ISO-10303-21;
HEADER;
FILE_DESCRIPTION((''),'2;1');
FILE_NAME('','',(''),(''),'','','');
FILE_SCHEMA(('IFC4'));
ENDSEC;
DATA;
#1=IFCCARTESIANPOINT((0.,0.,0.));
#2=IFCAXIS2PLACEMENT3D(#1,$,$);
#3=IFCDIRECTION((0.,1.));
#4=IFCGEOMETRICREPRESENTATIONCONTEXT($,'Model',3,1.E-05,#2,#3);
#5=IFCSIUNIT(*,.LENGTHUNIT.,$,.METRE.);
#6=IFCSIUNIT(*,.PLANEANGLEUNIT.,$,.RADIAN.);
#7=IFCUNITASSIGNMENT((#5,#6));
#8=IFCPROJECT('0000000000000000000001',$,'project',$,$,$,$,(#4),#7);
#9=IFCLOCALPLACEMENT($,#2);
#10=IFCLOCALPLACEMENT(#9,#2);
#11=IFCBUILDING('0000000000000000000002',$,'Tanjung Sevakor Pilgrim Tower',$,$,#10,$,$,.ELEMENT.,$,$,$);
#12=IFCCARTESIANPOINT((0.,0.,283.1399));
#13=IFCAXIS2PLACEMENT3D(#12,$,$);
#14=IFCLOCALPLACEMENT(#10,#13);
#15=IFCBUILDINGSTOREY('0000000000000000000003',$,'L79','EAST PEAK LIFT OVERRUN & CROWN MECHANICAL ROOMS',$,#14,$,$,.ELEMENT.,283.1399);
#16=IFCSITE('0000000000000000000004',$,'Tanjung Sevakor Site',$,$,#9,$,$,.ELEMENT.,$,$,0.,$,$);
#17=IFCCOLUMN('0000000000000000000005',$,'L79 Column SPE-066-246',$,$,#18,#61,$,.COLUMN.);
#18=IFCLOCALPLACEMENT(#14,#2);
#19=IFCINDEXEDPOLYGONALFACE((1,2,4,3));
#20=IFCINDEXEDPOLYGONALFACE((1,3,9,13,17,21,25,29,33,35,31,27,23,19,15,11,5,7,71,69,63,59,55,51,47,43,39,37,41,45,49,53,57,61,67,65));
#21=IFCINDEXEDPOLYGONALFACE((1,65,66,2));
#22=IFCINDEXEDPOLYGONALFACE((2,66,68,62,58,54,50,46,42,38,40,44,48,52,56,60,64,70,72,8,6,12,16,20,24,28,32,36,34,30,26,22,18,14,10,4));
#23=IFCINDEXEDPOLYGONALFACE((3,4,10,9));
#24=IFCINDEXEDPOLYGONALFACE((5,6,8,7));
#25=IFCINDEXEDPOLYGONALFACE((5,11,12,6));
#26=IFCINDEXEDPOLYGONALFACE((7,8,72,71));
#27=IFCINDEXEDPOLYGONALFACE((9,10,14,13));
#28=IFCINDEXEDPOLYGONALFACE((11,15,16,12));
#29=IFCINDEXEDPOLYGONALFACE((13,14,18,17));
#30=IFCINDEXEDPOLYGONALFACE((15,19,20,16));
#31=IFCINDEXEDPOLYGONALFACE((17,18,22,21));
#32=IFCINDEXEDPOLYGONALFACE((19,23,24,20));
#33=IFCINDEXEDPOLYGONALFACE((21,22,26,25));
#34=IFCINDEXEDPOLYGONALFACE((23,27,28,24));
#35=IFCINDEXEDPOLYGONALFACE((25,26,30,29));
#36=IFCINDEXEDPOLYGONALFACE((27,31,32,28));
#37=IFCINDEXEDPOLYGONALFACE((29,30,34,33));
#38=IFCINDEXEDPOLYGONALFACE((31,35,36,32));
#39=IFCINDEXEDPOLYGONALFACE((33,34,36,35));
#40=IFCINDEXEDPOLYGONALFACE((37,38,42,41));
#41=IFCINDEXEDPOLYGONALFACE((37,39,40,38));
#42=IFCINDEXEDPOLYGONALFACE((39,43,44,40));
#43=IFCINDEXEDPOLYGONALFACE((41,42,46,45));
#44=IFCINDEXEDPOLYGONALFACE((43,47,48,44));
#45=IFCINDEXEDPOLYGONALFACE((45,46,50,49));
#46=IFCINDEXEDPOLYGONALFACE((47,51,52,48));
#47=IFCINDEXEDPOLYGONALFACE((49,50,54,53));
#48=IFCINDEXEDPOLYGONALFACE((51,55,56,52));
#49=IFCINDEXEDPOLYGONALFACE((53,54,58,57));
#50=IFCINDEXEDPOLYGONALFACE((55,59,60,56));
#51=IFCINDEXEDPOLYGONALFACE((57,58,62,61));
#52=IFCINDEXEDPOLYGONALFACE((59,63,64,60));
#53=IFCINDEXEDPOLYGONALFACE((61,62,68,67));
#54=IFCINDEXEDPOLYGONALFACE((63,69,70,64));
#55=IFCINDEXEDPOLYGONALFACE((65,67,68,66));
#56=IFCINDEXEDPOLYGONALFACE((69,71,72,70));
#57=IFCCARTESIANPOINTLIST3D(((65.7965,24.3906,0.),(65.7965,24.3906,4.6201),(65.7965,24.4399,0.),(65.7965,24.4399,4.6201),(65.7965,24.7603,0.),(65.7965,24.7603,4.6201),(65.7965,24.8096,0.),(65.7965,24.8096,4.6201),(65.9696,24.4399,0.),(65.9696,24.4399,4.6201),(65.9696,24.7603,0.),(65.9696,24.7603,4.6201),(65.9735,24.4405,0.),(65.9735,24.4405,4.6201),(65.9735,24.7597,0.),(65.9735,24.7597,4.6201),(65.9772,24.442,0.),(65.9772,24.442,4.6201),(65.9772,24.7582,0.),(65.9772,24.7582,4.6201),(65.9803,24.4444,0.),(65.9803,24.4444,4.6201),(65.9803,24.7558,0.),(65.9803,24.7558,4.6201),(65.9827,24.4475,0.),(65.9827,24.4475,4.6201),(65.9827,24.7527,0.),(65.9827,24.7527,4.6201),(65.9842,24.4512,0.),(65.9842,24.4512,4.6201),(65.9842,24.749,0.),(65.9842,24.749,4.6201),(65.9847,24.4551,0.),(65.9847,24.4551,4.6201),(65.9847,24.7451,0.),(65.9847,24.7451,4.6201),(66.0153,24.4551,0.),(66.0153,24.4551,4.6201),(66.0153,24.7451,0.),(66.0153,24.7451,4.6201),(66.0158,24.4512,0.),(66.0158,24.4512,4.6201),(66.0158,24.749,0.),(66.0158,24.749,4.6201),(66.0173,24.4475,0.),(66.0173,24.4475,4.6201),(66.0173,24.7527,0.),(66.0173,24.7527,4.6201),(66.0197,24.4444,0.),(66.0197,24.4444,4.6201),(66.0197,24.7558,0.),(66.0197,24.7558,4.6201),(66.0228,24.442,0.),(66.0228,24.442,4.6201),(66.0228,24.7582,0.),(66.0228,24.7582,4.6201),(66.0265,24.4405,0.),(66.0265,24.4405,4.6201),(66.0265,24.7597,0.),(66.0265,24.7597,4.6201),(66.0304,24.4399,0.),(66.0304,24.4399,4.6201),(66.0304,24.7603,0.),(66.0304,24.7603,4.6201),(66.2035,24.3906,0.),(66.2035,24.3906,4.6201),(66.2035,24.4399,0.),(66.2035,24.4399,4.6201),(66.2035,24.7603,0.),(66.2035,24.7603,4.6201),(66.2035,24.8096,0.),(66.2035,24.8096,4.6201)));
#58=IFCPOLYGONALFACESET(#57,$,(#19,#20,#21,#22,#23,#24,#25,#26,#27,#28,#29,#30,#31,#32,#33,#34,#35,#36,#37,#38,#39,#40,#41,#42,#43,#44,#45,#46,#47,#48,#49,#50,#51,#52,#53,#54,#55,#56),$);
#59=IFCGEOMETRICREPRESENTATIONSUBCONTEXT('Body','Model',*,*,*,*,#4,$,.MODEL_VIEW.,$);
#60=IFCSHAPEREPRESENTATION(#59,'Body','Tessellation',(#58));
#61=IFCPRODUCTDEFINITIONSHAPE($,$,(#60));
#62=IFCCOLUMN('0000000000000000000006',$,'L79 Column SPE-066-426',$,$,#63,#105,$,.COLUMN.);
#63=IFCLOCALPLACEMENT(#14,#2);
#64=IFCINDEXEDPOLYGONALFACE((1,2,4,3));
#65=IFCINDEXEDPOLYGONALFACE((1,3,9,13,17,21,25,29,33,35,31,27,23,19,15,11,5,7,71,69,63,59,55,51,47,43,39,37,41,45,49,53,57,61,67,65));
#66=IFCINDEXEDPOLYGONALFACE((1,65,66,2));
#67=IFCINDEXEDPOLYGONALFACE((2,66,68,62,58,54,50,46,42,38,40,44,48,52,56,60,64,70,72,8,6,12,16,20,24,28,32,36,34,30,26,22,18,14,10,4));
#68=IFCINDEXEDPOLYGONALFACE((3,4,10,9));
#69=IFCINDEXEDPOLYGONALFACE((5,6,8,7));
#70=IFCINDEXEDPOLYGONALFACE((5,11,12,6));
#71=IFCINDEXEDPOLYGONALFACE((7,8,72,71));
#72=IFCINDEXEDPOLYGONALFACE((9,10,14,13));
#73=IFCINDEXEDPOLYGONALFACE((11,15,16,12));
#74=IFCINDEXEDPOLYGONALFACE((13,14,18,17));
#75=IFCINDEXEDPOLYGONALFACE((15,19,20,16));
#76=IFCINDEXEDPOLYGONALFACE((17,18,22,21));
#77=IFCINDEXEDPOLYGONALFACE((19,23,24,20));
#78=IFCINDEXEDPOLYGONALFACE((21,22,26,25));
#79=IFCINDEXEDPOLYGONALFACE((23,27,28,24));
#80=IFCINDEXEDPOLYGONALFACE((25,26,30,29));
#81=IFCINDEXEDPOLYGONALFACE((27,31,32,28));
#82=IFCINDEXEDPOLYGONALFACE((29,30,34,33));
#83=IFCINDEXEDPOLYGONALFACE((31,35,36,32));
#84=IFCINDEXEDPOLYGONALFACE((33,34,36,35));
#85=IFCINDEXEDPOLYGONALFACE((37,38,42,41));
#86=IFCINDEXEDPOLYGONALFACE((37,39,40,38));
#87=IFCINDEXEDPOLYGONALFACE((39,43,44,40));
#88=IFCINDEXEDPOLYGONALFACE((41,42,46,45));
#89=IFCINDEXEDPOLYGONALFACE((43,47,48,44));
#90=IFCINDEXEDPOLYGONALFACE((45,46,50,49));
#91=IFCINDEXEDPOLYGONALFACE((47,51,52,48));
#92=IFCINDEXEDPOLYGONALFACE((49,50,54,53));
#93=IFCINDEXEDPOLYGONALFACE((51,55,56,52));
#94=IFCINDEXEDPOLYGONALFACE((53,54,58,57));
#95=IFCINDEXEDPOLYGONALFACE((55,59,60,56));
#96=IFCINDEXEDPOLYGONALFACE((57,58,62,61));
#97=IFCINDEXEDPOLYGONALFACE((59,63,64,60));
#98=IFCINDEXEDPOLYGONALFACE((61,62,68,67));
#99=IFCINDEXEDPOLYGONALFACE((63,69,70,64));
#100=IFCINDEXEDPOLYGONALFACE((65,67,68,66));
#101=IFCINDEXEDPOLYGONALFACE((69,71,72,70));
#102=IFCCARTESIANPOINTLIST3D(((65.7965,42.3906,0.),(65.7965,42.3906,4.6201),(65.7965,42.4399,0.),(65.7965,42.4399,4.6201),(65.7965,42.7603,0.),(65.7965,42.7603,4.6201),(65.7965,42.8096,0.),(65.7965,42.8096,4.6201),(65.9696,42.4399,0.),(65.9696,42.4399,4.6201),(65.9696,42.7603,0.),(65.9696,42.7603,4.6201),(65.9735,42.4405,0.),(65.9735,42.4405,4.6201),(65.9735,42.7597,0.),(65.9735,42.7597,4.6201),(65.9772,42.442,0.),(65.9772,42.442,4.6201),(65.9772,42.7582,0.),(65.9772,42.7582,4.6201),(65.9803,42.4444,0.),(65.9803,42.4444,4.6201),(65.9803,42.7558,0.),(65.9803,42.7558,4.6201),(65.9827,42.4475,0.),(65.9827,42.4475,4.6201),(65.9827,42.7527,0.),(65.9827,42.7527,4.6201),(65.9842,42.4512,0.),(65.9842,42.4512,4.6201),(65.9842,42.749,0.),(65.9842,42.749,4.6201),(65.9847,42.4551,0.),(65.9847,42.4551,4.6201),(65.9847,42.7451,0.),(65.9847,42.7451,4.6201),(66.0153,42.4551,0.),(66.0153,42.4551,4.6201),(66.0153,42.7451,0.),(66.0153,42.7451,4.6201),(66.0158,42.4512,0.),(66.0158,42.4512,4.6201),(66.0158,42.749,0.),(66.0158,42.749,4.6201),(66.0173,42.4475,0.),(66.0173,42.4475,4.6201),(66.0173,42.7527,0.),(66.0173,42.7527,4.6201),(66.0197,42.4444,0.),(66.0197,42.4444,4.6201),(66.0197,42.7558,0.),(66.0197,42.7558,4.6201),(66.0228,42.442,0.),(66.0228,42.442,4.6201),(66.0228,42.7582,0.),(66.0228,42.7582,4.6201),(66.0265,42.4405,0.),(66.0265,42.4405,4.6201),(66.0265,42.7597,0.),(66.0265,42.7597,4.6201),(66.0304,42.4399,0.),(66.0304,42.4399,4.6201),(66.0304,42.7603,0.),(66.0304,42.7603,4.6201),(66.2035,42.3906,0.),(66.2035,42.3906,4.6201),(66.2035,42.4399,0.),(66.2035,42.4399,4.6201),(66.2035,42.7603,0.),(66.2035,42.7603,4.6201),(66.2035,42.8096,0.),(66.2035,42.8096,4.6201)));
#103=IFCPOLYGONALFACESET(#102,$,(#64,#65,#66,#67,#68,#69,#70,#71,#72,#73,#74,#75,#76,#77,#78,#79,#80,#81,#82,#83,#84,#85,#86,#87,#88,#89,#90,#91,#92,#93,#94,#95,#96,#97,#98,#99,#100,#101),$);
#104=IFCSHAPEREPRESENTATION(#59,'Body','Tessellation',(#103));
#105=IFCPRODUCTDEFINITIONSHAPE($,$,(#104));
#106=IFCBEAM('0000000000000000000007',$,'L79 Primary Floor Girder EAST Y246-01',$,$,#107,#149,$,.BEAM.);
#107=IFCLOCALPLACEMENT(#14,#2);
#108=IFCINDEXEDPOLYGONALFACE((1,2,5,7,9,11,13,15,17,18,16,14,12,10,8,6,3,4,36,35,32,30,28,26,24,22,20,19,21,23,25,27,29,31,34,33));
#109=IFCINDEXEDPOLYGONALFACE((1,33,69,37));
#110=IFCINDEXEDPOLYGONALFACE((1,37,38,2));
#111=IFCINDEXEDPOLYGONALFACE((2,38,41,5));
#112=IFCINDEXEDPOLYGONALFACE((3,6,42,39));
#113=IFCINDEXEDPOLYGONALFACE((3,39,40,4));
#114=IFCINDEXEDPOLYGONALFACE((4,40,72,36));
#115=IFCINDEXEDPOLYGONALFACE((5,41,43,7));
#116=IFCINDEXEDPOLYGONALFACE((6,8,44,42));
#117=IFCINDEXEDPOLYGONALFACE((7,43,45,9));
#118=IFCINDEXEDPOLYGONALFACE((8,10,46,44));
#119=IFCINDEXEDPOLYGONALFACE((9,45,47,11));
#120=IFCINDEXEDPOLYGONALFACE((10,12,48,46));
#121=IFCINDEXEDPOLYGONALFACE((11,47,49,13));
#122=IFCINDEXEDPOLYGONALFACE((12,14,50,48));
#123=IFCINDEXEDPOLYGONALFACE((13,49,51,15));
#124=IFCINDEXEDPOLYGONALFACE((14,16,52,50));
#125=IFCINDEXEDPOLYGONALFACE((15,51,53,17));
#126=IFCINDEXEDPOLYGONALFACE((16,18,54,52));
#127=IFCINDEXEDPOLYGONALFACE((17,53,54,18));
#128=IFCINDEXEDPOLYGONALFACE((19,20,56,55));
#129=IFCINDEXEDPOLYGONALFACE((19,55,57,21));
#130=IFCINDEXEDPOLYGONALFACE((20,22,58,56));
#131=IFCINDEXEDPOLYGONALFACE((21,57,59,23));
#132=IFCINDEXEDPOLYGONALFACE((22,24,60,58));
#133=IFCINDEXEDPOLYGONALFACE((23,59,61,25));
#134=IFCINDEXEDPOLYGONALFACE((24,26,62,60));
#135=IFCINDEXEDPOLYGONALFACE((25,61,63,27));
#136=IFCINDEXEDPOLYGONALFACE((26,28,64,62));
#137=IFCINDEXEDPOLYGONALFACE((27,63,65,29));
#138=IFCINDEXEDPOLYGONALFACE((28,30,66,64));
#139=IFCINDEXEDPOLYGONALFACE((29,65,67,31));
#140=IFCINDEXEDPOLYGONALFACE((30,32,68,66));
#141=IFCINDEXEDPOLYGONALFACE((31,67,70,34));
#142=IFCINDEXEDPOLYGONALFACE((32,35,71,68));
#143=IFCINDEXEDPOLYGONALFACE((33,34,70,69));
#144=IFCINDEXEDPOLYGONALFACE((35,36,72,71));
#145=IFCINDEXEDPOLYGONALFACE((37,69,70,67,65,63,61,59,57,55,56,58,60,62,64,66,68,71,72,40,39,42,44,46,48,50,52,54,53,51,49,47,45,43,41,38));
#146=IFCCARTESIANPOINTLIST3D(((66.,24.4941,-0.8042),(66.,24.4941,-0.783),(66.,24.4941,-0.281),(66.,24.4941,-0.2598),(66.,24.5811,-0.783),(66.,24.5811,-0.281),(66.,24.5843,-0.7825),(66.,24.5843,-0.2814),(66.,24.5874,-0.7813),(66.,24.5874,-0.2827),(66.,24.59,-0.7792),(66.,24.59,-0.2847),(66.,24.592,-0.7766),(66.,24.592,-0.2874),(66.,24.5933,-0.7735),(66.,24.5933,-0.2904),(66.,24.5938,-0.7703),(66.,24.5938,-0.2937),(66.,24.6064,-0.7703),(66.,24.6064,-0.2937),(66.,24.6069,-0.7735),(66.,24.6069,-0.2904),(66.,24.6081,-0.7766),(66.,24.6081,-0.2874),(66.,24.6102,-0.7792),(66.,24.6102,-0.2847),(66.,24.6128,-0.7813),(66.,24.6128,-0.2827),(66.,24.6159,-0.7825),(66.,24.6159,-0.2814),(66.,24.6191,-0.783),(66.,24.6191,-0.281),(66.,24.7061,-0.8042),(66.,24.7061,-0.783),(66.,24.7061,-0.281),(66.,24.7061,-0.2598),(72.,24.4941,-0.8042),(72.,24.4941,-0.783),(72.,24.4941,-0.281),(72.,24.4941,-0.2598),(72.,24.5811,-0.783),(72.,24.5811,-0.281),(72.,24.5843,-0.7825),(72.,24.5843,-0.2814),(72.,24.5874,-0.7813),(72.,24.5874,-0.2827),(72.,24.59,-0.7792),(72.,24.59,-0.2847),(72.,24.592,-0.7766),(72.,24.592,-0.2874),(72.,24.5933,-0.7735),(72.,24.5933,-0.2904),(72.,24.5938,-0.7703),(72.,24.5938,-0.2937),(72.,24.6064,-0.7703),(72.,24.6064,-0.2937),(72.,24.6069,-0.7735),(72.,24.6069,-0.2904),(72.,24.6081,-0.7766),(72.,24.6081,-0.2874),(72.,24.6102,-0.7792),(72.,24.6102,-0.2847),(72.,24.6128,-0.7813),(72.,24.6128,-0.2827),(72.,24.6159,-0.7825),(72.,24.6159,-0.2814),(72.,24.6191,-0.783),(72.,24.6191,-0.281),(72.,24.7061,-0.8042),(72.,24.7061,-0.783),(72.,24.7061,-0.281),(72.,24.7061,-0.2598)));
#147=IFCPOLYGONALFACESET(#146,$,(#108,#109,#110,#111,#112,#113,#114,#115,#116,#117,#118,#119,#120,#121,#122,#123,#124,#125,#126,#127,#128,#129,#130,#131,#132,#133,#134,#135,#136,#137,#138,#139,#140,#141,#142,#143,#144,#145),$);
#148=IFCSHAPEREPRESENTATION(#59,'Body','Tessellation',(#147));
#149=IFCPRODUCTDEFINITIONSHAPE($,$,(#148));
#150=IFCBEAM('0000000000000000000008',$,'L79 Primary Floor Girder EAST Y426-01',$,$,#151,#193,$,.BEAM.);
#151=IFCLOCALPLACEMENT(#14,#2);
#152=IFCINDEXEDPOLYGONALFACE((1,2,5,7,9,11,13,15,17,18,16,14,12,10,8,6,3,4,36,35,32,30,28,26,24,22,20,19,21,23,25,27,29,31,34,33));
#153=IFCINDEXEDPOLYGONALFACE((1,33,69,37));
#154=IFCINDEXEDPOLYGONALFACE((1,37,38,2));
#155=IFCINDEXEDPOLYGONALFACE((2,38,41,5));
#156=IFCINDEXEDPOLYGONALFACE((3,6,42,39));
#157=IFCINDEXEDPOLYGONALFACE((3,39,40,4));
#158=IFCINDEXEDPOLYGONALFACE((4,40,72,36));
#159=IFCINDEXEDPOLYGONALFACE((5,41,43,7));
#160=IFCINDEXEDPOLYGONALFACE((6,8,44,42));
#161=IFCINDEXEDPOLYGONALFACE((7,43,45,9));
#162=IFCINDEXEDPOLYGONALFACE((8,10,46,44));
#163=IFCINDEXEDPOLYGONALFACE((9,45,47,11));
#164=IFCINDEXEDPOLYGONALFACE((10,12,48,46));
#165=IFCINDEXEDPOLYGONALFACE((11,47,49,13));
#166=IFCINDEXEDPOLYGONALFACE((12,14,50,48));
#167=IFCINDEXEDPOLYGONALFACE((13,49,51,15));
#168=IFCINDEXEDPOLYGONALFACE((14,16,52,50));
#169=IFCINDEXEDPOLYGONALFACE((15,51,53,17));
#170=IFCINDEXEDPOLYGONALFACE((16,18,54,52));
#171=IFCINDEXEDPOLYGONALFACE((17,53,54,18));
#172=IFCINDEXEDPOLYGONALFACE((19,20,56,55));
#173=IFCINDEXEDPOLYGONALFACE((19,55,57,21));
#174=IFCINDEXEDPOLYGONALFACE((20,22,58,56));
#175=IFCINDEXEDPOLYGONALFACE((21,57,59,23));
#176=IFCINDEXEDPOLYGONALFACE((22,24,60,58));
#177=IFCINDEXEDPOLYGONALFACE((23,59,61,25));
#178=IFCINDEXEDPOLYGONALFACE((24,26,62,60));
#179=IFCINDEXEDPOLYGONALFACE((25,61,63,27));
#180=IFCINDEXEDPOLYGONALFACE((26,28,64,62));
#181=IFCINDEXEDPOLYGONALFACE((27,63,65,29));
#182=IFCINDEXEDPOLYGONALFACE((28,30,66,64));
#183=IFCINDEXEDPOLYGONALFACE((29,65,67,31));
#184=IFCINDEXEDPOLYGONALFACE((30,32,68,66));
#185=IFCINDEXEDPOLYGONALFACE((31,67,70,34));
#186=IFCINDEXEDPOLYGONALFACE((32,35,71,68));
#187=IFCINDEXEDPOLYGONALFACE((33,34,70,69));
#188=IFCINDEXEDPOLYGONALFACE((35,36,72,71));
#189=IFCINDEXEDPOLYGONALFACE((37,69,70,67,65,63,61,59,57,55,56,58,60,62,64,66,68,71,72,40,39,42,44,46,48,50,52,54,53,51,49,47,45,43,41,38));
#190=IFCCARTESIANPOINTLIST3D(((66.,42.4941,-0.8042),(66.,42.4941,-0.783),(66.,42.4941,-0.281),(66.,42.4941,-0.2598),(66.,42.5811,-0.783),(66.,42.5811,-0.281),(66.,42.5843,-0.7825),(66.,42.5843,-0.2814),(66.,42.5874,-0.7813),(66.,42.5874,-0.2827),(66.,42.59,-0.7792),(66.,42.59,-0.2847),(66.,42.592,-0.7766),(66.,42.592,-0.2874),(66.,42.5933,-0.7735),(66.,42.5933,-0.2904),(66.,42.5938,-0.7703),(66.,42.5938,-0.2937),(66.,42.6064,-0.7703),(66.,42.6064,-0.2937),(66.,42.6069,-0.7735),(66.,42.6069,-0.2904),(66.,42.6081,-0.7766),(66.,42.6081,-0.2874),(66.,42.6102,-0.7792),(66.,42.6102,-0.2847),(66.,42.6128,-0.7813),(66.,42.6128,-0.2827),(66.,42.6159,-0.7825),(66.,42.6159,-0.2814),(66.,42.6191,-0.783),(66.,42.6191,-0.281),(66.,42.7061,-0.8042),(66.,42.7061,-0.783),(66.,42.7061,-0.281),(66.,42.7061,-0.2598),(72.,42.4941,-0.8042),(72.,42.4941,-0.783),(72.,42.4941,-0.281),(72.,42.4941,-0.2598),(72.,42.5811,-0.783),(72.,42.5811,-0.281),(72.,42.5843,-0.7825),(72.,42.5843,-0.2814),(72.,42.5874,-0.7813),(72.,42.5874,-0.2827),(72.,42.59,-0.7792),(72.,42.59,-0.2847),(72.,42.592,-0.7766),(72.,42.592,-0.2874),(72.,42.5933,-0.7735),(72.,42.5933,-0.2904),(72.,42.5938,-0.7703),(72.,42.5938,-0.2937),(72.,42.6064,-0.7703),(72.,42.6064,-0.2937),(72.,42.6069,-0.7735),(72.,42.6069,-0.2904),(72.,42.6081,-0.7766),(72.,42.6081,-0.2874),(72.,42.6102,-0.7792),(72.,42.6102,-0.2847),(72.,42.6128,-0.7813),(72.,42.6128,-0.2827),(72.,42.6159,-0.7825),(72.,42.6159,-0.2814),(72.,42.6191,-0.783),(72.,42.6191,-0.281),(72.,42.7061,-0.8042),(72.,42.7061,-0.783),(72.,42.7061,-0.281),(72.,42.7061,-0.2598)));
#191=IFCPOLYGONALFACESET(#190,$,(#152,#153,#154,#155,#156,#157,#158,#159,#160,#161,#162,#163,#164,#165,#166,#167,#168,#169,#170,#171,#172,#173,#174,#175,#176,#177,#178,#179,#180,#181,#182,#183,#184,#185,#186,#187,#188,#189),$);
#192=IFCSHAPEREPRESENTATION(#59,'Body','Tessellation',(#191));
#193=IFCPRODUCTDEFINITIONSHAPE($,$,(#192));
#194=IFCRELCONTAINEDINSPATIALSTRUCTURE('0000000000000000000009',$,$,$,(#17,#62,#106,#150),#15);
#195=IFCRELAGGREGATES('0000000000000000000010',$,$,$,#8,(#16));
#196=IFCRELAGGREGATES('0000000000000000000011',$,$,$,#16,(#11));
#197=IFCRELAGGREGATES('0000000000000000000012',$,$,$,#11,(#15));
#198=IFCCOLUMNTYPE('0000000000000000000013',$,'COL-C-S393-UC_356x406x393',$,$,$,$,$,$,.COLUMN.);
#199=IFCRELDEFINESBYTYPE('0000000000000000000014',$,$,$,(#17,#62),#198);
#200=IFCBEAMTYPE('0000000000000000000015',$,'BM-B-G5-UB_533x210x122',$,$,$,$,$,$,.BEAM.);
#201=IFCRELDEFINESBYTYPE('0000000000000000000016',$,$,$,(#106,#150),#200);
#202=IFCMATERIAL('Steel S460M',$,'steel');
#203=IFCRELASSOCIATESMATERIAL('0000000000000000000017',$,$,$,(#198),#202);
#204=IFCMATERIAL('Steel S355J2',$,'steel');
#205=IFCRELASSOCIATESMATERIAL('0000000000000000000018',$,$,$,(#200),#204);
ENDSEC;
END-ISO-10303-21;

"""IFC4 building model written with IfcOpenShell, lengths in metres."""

from ifc_helpers import new_model, si_unit, direction, frame, origin, origin_2d, place, context, subcontext, project, spatial, i_section, extrude, material, material_profile, profile_set, type_object, element, save


model = new_model("IFC4")

# Units and contexts
model_context = context("Model", 3, precision=1e-05, world=origin(), true_north=direction((0.0, 1.0)))
body_context = subcontext(model_context, "Body", "Model", "MODEL_VIEW")
ifc_project = project(units=[si_unit("LENGTHUNIT", "METRE"), si_unit("PLANEANGLEUNIT", "RADIAN")], contexts=[model_context])

# Site, building, storey
site_placement = place(None, origin())
site = spatial("IfcSite", under=ifc_project, at=site_placement, Name="Tanjung Sevakor Site", CompositionType="ELEMENT", RefElevation=0.0)
building_placement = place(site_placement, origin())
building = spatial("IfcBuilding", under=site, at=building_placement, Name="Tanjung Sevakor Pilgrim Tower", CompositionType="ELEMENT")
storey_placement = place(building_placement, frame((0.0, 0.0, 283.1399)))
storey = spatial("IfcBuildingStorey", under=building, at=storey_placement, Name="L79", Description="EAST PEAK LIFT OVERRUN & CROWN MECHANICAL ROOMS", CompositionType="ELEMENT", Elevation=283.1399)

# Columns
ifc_material_1 = material(Name="Steel S460M", Category="steel")
ifc_material_profile_1 = material_profile(ifc_material_1, i_section(OverallWidth=0.407, OverallDepth=0.4189, WebThickness=0.0305, FlangeThickness=0.0493, FilletRadius=0.0151, at=origin_2d()))
ifc_profile_set_1 = profile_set([ifc_material_profile_1], Name="Steel S460M")
column_type = type_object("IfcColumnType", Name="COL-C-S393-UC_356x406x393", PredefinedType="COLUMN", material=ifc_profile_set_1)
for number, where, z_axis, x_axis, name in (
    (1, (66.0, 24.6001, 0.0), (0.0, 0.0, 1.0), (1.0, 0.0, 0.0), "L79 Column SPE-066-246"),
    (2, (66.0, 42.6001, 0.0), (0.0, 0.0, 1.0), (1.0, 0.0, 0.0), "L79 Column SPE-066-426"),
):
    element("IfcColumn", number, at=place(storey_placement, frame(where, z_axis=z_axis, x_axis=x_axis)), inside=storey, type_object=column_type, Name=name, PredefinedType="COLUMN", context=body_context, shape_type="SweptSolid", body=[
        extrude(i_section(OverallWidth=0.407, OverallDepth=0.4189, WebThickness=0.0305, FlangeThickness=0.0493, FilletRadius=0.0151, at=origin_2d()), origin(), (0.0, 0.0, 1.0), 4.6201),
    ])

# Beams
ifc_material_2 = material(Name="Steel S355J2", Category="steel")
ifc_material_profile_2 = material_profile(ifc_material_2, i_section(OverallWidth=0.2119, OverallDepth=0.5444, WebThickness=0.0127, FlangeThickness=0.0212, FilletRadius=0.0127, at=origin_2d()))
ifc_profile_set_2 = profile_set([ifc_material_profile_2], Name="Steel S355J2")
beam_type_1 = type_object("IfcBeamType", Name="BM-B-G5-UB_533x210x122", PredefinedType="BEAM", material=ifc_profile_set_2)
for number, where, z_axis, x_axis, name in (
    (3, (66.0, 24.6001, -0.532), (1.0, 0.0, 0.0), (0.0, 1.0, 0.0), "L79 Primary Floor Girder EAST Y246-01"),
    (4, (66.0, 42.6001, -0.532), (1.0, 0.0, 0.0), (0.0, 1.0, 0.0), "L79 Primary Floor Girder EAST Y426-01"),
):
    element("IfcBeam", number, at=place(storey_placement, frame(where, z_axis=z_axis, x_axis=x_axis)), inside=storey, type_object=beam_type_1, Name=name, PredefinedType="BEAM", context=body_context, shape_type="SweptSolid", body=[
        extrude(i_section(OverallWidth=0.2119, OverallDepth=0.5444, WebThickness=0.0127, FlangeThickness=0.0212, FilletRadius=0.0127, at=origin_2d()), origin(), (0.0, 0.0, 1.0), 6.0),
    ])

save(model, "model.ifc")
